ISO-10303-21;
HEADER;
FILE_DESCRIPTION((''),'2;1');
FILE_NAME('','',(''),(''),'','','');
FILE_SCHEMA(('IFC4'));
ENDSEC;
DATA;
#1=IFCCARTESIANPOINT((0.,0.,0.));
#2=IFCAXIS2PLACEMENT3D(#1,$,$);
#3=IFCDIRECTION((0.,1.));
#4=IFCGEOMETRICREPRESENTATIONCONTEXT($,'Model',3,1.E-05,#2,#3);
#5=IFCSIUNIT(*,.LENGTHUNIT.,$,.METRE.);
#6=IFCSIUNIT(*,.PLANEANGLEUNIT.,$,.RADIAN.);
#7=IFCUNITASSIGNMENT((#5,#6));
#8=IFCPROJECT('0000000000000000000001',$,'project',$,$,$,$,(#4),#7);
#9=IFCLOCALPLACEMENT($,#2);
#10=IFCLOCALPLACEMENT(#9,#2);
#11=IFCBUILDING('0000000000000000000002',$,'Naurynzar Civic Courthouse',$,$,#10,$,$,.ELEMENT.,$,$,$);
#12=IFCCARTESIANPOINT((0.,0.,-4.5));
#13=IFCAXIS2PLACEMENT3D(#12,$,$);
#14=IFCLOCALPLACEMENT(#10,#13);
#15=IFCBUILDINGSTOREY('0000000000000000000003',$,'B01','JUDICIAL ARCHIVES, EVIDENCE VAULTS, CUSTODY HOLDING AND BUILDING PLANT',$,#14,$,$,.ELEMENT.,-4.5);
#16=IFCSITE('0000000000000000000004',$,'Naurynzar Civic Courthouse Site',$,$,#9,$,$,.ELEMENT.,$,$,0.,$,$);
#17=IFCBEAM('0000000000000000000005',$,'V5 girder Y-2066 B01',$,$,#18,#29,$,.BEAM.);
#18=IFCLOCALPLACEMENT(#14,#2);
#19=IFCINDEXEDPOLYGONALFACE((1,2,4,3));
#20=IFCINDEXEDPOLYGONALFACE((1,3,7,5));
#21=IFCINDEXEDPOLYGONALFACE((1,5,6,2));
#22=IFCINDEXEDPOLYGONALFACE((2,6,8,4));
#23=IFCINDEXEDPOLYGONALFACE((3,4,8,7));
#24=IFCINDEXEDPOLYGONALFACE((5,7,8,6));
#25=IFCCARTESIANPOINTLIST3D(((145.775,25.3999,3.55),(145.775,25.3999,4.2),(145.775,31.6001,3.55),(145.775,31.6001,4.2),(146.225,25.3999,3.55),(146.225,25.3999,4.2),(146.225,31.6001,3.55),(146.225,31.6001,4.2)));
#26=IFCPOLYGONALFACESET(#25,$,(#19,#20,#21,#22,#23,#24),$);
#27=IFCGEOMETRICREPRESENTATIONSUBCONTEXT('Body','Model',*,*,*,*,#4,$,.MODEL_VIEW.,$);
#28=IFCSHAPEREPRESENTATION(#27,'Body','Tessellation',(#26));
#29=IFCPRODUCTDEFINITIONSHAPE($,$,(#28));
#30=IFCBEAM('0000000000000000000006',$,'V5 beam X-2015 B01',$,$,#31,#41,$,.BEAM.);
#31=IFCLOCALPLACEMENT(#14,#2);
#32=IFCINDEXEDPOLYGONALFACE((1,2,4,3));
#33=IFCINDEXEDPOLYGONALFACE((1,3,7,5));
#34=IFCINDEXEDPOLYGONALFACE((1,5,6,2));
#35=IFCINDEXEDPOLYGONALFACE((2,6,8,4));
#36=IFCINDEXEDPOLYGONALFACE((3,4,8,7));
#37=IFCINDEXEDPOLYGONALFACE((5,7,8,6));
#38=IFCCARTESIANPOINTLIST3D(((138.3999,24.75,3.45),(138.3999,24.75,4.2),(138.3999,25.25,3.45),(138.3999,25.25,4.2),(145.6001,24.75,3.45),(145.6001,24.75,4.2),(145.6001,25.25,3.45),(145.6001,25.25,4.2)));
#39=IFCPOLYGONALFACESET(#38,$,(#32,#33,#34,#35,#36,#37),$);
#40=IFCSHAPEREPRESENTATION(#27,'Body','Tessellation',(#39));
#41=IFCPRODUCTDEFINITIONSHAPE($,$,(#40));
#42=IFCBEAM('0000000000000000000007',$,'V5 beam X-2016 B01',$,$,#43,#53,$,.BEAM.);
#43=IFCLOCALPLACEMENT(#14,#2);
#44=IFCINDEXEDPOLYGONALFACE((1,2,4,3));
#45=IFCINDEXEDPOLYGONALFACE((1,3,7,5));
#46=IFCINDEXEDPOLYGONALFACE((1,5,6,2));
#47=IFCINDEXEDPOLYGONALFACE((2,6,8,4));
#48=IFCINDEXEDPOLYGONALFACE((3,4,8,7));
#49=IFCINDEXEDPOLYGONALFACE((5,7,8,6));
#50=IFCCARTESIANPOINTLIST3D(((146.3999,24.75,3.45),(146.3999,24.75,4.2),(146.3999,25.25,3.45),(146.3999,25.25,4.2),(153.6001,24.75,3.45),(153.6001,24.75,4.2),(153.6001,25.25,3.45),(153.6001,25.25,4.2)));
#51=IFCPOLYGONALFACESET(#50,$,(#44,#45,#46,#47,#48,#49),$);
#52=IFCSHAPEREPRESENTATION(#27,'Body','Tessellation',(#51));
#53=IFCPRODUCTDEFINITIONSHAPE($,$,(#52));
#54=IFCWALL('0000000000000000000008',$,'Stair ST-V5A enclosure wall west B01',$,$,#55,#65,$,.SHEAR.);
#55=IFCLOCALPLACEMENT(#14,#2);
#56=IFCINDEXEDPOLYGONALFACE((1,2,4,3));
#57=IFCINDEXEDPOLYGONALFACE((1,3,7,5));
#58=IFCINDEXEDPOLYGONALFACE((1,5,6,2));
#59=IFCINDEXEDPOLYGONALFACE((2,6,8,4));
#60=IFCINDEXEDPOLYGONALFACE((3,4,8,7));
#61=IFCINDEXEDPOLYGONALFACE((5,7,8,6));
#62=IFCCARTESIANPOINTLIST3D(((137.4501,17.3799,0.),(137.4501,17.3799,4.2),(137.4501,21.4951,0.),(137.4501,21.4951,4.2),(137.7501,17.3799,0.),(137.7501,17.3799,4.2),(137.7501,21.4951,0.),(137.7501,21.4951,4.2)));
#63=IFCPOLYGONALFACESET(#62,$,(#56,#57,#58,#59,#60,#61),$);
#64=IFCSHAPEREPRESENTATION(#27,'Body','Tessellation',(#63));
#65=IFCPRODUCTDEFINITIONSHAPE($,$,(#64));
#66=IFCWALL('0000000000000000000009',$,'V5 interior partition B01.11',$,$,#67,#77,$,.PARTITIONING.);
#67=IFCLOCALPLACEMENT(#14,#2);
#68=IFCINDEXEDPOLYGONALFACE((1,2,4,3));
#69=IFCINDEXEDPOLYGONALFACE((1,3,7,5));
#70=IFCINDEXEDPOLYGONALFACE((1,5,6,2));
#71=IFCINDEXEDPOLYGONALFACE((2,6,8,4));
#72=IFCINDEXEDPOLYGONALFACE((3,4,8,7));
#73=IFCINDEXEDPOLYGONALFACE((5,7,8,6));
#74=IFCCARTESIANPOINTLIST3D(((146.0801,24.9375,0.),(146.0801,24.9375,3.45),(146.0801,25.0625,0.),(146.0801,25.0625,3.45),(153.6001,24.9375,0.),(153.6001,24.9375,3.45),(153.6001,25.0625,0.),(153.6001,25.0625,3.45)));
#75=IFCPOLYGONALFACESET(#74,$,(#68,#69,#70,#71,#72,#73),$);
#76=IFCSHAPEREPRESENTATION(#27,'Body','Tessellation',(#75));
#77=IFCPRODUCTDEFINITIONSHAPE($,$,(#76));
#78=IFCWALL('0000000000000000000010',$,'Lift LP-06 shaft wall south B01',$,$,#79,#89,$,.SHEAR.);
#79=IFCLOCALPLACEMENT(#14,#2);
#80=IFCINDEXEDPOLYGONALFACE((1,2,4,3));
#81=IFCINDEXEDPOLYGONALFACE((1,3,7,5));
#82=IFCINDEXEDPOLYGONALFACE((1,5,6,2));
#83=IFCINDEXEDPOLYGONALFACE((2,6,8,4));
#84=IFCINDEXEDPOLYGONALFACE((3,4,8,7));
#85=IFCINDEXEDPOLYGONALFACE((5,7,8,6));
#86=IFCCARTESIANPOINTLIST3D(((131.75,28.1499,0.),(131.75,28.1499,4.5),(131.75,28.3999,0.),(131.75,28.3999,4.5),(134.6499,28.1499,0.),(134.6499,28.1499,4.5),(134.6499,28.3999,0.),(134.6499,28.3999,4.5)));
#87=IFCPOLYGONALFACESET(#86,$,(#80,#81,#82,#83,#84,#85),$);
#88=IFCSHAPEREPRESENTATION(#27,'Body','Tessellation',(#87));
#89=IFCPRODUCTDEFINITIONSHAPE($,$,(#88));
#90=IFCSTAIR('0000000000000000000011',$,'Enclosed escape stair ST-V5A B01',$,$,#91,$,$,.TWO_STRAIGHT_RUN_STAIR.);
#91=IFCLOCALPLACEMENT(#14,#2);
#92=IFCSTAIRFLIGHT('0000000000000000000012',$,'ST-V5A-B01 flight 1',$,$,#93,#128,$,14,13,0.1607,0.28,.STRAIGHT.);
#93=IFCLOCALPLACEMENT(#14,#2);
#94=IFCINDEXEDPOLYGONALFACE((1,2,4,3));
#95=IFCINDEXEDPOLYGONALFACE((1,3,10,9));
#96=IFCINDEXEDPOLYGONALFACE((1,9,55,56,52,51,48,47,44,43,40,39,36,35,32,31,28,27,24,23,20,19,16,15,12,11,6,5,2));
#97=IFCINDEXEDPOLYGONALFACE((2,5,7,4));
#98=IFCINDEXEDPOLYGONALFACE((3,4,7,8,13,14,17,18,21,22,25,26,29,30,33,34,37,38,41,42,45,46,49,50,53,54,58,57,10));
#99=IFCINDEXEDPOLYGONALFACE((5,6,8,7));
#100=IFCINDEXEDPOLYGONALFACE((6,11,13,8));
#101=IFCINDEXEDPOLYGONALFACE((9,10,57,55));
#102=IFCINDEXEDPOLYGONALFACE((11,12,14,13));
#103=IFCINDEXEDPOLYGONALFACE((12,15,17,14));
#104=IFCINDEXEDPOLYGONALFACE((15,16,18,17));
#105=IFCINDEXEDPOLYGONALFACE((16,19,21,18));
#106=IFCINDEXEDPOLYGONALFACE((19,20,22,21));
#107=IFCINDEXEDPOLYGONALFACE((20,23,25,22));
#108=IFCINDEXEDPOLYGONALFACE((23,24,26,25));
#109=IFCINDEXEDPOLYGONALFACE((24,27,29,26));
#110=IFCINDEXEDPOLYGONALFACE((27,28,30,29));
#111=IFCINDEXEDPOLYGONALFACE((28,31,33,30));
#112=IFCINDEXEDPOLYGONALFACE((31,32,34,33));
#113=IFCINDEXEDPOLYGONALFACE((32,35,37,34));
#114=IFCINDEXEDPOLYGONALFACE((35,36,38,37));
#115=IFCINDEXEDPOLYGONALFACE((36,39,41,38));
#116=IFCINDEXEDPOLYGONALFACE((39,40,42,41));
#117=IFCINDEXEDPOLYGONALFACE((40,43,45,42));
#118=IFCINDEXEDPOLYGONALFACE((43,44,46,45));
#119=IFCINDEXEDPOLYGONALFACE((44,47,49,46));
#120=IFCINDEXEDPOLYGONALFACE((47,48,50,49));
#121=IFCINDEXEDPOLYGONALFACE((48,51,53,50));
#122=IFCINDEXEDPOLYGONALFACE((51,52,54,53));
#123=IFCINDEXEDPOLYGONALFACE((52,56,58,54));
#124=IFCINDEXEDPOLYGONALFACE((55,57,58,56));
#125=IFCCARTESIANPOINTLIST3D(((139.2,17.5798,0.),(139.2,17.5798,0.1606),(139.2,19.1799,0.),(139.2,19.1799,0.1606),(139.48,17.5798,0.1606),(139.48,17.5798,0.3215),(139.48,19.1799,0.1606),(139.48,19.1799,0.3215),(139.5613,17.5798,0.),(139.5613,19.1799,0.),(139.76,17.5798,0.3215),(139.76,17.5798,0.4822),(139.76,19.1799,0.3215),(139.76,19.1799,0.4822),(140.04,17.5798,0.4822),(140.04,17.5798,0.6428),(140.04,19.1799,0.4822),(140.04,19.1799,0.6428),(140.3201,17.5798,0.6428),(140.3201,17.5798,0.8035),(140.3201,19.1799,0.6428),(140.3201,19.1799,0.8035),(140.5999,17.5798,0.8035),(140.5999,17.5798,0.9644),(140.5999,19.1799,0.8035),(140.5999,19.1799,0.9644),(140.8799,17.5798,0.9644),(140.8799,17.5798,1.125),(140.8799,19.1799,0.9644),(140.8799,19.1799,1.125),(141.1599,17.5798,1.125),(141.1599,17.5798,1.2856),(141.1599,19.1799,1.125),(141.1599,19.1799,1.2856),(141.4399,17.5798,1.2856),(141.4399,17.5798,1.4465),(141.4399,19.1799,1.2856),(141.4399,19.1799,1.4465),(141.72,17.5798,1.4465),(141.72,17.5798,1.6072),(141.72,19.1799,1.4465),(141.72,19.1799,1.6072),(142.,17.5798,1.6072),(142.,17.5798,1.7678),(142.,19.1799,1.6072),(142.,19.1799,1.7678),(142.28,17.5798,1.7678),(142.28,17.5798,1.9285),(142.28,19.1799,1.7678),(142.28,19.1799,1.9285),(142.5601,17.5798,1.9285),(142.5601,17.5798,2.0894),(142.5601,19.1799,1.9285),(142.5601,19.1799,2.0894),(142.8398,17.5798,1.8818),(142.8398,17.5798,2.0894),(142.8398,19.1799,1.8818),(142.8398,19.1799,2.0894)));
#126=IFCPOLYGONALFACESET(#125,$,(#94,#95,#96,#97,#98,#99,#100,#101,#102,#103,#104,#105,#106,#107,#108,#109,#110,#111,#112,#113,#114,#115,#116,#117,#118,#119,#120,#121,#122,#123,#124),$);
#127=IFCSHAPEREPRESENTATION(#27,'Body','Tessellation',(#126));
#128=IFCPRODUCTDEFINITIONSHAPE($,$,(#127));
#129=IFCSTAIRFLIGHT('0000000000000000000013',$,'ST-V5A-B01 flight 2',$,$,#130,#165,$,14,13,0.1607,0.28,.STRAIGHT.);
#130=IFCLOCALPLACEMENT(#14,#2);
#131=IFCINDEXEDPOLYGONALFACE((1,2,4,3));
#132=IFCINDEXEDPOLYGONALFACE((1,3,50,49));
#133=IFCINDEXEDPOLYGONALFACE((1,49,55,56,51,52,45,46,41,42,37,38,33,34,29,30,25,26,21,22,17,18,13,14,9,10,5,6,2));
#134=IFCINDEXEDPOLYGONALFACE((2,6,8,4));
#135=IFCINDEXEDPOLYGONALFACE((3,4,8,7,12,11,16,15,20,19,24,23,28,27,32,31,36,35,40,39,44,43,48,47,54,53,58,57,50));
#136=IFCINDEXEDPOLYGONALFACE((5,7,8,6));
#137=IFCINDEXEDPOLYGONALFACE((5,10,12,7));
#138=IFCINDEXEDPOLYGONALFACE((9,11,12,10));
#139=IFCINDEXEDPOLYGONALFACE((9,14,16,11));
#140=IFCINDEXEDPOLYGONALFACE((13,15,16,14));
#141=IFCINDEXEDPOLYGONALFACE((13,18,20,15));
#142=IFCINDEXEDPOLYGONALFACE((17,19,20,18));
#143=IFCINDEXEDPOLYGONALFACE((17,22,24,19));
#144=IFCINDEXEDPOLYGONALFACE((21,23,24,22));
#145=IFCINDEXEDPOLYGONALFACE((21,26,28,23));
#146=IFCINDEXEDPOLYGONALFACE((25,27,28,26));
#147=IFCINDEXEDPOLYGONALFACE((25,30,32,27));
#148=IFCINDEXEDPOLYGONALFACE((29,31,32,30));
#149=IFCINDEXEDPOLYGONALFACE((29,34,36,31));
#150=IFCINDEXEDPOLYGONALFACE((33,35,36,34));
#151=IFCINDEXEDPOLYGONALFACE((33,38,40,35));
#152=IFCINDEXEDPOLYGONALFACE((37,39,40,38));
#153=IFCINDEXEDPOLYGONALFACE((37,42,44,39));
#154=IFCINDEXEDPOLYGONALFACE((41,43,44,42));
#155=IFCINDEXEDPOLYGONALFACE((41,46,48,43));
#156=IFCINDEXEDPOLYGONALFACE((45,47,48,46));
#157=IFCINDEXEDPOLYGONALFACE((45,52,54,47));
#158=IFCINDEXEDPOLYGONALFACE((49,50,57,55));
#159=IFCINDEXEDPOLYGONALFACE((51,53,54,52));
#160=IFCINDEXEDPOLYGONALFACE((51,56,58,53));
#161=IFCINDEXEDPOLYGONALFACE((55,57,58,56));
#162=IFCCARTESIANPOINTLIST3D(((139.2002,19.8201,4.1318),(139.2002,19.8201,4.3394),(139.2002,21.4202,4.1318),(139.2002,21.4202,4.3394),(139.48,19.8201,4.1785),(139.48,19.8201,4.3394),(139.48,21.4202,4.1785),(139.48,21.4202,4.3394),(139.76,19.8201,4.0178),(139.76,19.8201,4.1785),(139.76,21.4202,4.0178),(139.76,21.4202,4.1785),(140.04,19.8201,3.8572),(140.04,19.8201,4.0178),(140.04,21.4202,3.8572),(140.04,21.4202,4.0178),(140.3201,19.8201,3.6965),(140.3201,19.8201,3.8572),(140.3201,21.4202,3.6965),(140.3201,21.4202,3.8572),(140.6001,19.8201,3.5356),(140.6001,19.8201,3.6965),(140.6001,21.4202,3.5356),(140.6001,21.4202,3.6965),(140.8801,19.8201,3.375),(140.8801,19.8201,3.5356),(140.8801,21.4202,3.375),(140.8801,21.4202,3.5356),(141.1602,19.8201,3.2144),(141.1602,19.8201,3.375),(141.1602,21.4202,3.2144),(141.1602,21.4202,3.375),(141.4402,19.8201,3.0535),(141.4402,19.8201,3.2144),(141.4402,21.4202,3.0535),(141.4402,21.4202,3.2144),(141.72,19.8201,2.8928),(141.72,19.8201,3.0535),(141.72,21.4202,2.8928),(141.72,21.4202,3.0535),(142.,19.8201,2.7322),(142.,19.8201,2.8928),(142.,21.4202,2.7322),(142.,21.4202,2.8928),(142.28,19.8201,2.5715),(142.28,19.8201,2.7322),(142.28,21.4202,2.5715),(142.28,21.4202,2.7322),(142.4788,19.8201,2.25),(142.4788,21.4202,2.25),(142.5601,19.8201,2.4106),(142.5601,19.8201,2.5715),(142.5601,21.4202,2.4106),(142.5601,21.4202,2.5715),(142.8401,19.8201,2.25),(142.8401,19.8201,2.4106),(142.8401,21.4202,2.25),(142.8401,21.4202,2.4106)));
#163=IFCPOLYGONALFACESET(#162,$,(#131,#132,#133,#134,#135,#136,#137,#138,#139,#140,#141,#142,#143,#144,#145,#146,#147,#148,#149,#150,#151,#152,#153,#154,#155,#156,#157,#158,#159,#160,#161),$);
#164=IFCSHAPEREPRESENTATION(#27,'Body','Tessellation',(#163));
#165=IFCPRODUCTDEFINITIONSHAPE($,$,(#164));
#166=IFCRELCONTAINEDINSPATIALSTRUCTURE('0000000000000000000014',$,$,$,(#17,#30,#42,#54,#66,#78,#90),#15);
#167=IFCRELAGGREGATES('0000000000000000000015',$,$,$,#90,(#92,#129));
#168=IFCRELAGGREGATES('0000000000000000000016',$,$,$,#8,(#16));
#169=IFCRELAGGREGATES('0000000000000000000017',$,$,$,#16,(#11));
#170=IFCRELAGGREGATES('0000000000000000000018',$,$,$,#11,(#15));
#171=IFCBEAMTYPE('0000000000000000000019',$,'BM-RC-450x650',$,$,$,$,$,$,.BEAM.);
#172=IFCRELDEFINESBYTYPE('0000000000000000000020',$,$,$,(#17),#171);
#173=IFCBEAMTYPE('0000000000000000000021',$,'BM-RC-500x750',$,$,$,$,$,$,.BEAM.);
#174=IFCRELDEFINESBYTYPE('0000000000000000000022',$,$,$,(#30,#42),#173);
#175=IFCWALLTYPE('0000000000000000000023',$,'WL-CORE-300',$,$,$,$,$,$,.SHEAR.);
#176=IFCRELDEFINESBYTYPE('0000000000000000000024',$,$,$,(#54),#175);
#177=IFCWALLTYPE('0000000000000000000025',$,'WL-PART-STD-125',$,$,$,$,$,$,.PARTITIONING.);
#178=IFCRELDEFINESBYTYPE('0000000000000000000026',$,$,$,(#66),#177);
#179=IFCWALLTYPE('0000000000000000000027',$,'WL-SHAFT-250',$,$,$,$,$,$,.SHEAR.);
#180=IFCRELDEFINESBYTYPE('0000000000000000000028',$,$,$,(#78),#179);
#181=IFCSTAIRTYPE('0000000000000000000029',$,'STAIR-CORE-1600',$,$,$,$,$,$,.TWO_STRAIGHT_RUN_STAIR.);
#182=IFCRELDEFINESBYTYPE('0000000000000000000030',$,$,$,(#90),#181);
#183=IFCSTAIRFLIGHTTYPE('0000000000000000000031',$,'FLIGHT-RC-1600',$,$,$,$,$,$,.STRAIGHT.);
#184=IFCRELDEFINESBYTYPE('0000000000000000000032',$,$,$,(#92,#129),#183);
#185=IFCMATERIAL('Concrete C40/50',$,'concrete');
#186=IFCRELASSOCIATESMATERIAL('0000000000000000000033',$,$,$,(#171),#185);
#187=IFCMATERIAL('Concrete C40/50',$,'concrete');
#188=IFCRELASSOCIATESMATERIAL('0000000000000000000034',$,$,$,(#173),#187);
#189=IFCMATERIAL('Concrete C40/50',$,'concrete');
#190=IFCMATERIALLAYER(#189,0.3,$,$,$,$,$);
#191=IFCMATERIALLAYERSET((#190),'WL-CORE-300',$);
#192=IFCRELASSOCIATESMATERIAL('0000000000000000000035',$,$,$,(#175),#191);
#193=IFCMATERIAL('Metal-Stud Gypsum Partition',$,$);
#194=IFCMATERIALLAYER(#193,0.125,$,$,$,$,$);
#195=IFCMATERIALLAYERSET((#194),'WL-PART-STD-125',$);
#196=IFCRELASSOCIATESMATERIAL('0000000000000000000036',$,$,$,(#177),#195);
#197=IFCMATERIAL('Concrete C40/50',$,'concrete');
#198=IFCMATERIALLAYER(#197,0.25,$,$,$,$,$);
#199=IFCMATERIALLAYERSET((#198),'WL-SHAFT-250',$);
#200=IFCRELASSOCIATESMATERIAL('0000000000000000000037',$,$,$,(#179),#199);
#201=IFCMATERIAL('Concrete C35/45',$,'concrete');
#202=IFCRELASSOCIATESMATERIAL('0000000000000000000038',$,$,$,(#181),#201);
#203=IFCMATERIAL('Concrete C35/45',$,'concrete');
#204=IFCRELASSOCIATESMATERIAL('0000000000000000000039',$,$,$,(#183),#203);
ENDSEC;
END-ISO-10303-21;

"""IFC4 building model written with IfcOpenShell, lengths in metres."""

from ifc_helpers import new_model, si_unit, direction, frame, frame_2d, origin, origin_2d, place, context, subcontext, project, spatial, polyline, rectangle, outline, extrude, material, layer, layer_set, material_profile, profile_set, type_object, element, aggregate, save


model = new_model("IFC4")

# Units and contexts
model_context = context("Model", 3, precision=1e-05, world=origin(), true_north=direction((0.0, 1.0)))
body_context = subcontext(model_context, "Body", "Model", "MODEL_VIEW")
ifc_project = project(units=[si_unit("LENGTHUNIT", "METRE"), si_unit("PLANEANGLEUNIT", "RADIAN")], contexts=[model_context])

# Site, building, storey
site_placement = place(None, origin())
site = spatial("IfcSite", under=ifc_project, at=site_placement, Name="Naurynzar Civic Courthouse Site", CompositionType="ELEMENT", RefElevation=0.0)
building_placement = place(site_placement, origin())
building = spatial("IfcBuilding", under=site, at=building_placement, Name="Naurynzar Civic Courthouse", CompositionType="ELEMENT")
storey_placement = place(building_placement, frame((0.0, 0.0, -4.5)))
storey = spatial("IfcBuildingStorey", under=building, at=storey_placement, Name="B01", Description="JUDICIAL ARCHIVES, EVIDENCE VAULTS, CUSTODY HOLDING AND BUILDING PLANT", CompositionType="ELEMENT", Elevation=-4.5)

# Beams
ifc_material_1 = material(Name="Concrete C40/50", Category="concrete")
ifc_material_profile_1 = material_profile(ifc_material_1, rectangle(XDim=0.45, YDim=0.6499, at=origin_2d()), Name="RCB 450x650")
ifc_profile_set_1 = profile_set([ifc_material_profile_1], Name="Concrete C40/50")
beam_type_1 = type_object("IfcBeamType", Name="BM-RC-450x650", PredefinedType="BEAM", material=ifc_profile_set_1)
for number, where, z_axis, x_axis, name in (
    (1, (146.0, 25.3999, 3.875), (0.0, 1.0, 0.0), (-1.0, 0.0, 0.0), "V5 girder Y-2066 B01"),
):
    element("IfcBeam", number, at=place(storey_placement, frame(where, z_axis=z_axis, x_axis=x_axis)), inside=storey, type_object=beam_type_1, Name=name, PredefinedType="BEAM", context=body_context, shape_type="SweptSolid", body=[
        extrude(rectangle(XDim=0.45, YDim=0.6499, at=origin_2d()), origin(), (0.0, 0.0, 1.0), 6.2002),
    ])
ifc_material_2 = material(Name="Concrete C40/50", Category="concrete")
ifc_material_profile_2 = material_profile(ifc_material_2, rectangle(XDim=0.5, YDim=0.75, at=origin_2d()), Name="RCB 500x750")
ifc_profile_set_2 = profile_set([ifc_material_profile_2], Name="Concrete C40/50")
beam_type_2 = type_object("IfcBeamType", Name="BM-RC-500x750", PredefinedType="BEAM", material=ifc_profile_set_2)
for number, where, z_axis, x_axis, name in (
    (2, (138.3999, 25.0, 3.825), (1.0, 0.0, 0.0), (0.0, 1.0, 0.0), "V5 beam X-2015 B01"),
    (3, (146.3999, 25.0, 3.825), (1.0, 0.0, 0.0), (0.0, 1.0, 0.0), "V5 beam X-2016 B01"),
):
    element("IfcBeam", number, at=place(storey_placement, frame(where, z_axis=z_axis, x_axis=x_axis)), inside=storey, type_object=beam_type_2, Name=name, PredefinedType="BEAM", context=body_context, shape_type="SweptSolid", body=[
        extrude(rectangle(XDim=0.5, YDim=0.75, at=origin_2d()), origin(), (0.0, 0.0, 1.0), 7.2002),
    ])

# Shared definitions
ifc_material_3 = material(Name="Concrete C40/50", Category="concrete")
ifc_layer_1 = layer(ifc_material_3, 0.3)
ifc_layer_set_1 = layer_set([ifc_layer_1], Name="WL-CORE-300")
wall_type_1 = type_object("IfcWallType", Name="WL-CORE-300", PredefinedType="SHEAR", material=ifc_layer_set_1)

# Walls
wall_1_placement = place(storey_placement, frame((137.6001, 21.4951, 0.0), z_axis=(0.0, 0.0, 1.0), x_axis=(0.0, -1.0, 0.0)))
element("IfcWall", 4, at=wall_1_placement, inside=storey, type_object=wall_type_1, Name="Stair ST-V5A enclosure wall west B01", PredefinedType="SHEAR", context=body_context, shape_type="SweptSolid", body=[
    extrude(rectangle(XDim=4.1152, YDim=0.3, at=frame_2d((2.0576, 0.0))), origin(), (0.0, 0.0, 1.0), 4.2),
])
ifc_material_4 = material(Name="Metal-Stud Gypsum Partition")
ifc_layer_2 = layer(ifc_material_4, 0.125)
ifc_layer_set_2 = layer_set([ifc_layer_2], Name="WL-PART-STD-125")
wall_type_2 = type_object("IfcWallType", Name="WL-PART-STD-125", PredefinedType="PARTITIONING", material=ifc_layer_set_2)
wall_2_placement = place(storey_placement, frame((146.0801, 25.0, 0.0), z_axis=(0.0, 0.0, 1.0), x_axis=(1.0, 0.0, 0.0)))
element("IfcWall", 5, at=wall_2_placement, inside=storey, type_object=wall_type_2, Name="V5 interior partition B01.11", PredefinedType="PARTITIONING", context=body_context, shape_type="SweptSolid", body=[
    extrude(rectangle(XDim=7.52, YDim=0.125, at=frame_2d((3.76, 0.0))), origin(), (0.0, 0.0, 1.0), 3.45),
])
ifc_material_5 = material(Name="Concrete C40/50", Category="concrete")
ifc_layer_3 = layer(ifc_material_5, 0.25)
ifc_layer_set_3 = layer_set([ifc_layer_3], Name="WL-SHAFT-250")
wall_type_3 = type_object("IfcWallType", Name="WL-SHAFT-250", PredefinedType="SHEAR", material=ifc_layer_set_3)
wall_3_placement = place(storey_placement, frame((131.75, 28.2749, 0.0), z_axis=(0.0, 0.0, 1.0), x_axis=(1.0, 0.0, 0.0)))
element("IfcWall", 6, at=wall_3_placement, inside=storey, type_object=wall_type_3, Name="Lift LP-06 shaft wall south B01", PredefinedType="SHEAR", context=body_context, shape_type="SweptSolid", body=[
    extrude(rectangle(XDim=2.8999, YDim=0.25, at=frame_2d((1.45, 0.0))), origin(), (0.0, 0.0, 1.0), 4.5),
])

# Stair, stair flights
ifc_material_6 = material(Name="Concrete C35/45", Category="concrete")
stair_type = type_object("IfcStairType", Name="STAIR-CORE-1600", PredefinedType="TWO_STRAIGHT_RUN_STAIR", material=ifc_material_6)
stair_placement = place(storey_placement, origin())
stair = element("IfcStair", 7, at=stair_placement, inside=storey, type_object=stair_type, Name="Enclosed escape stair ST-V5A B01", PredefinedType="TWO_STRAIGHT_RUN_STAIR")
ifc_material_7 = material(Name="Concrete C35/45", Category="concrete")
stair_flight_type = type_object("IfcStairFlightType", Name="FLIGHT-RC-1600", PredefinedType="STRAIGHT", material=ifc_material_7)
stair_flight_1_placement = place(storey_placement, frame((139.2, 18.3799, 0.0), z_axis=(0.0, 0.0, 1.0), x_axis=(1.0, 0.0, 0.0)))
stair_flight_1 = element("IfcStairFlight", 8, at=stair_flight_1_placement, type_object=stair_flight_type, Name="ST-V5A-B01 flight 1", NumberOfRisers=14, NumberOfTreads=13, PredefinedType="STRAIGHT", RiserHeight=0.1607, TreadLength=0.28, context=body_context, shape_type="SweptSolid", body=[
    extrude(outline(polyline([(0.0, 0.0), (0.0, 0.1606), (0.28, 0.1606), (0.28, 0.3215), (0.5601, 0.3215), (0.5601, 0.4822), (0.8401, 0.4822), (0.8401, 0.6428), (1.1201, 0.6428), (1.1201, 0.8035), (1.3999, 0.8035), (1.3999, 0.9644), (1.6799, 0.9644), (1.6799, 1.125), (1.96, 1.125), (1.96, 1.2856), (2.24, 1.2856), (2.24, 1.4465), (2.52, 1.4465), (2.52, 1.6072), (2.8, 1.6072), (2.8, 1.7678), (3.0801, 1.7678), (3.0801, 1.9285), (3.3601, 1.9285), (3.3601, 2.0894), (3.6399, 2.0894), (3.6399, 2.25), (3.6399, 1.8818), (0.3613, 0.0), (0.0, 0.0)])), frame((0.0, 0.8, 0.0), z_axis=(0.0, -1.0, 0.0), x_axis=(1.0, 0.0, 0.0)), (0.0, 0.0, 1.0), 1.6001),
])
stair_flight_2_placement = place(storey_placement, frame((142.8401, 20.6201, 2.25), z_axis=(0.0, 0.0, 1.0), x_axis=(-1.0, 0.0, 0.0)))
stair_flight_2 = element("IfcStairFlight", 9, at=stair_flight_2_placement, type_object=stair_flight_type, Name="ST-V5A-B01 flight 2", NumberOfRisers=14, NumberOfTreads=13, PredefinedType="STRAIGHT", RiserHeight=0.1607, TreadLength=0.28, context=body_context, shape_type="SweptSolid", body=[
    extrude(outline(polyline([(0.0, 0.0), (0.0, 0.1606), (0.28, 0.1606), (0.28, 0.3215), (0.5601, 0.3215), (0.5601, 0.4822), (0.8401, 0.4822), (0.8401, 0.6428), (1.1201, 0.6428), (1.1201, 0.8035), (1.3999, 0.8035), (1.3999, 0.9644), (1.6799, 0.9644), (1.6799, 1.125), (1.96, 1.125), (1.96, 1.2856), (2.24, 1.2856), (2.24, 1.4465), (2.52, 1.4465), (2.52, 1.6072), (2.8, 1.6072), (2.8, 1.7678), (3.0801, 1.7678), (3.0801, 1.9285), (3.3601, 1.9285), (3.3601, 2.0894), (3.6399, 2.0894), (3.6399, 2.25), (3.6399, 1.8818), (0.3613, 0.0), (0.0, 0.0)])), frame((0.0, 0.8, 0.0), z_axis=(0.0, -1.0, 0.0), x_axis=(1.0, 0.0, 0.0)), (0.0, 0.0, 1.0), 1.6001),
])
aggregate(stair, [stair_flight_1, stair_flight_2])

save(model, "model.ifc")
